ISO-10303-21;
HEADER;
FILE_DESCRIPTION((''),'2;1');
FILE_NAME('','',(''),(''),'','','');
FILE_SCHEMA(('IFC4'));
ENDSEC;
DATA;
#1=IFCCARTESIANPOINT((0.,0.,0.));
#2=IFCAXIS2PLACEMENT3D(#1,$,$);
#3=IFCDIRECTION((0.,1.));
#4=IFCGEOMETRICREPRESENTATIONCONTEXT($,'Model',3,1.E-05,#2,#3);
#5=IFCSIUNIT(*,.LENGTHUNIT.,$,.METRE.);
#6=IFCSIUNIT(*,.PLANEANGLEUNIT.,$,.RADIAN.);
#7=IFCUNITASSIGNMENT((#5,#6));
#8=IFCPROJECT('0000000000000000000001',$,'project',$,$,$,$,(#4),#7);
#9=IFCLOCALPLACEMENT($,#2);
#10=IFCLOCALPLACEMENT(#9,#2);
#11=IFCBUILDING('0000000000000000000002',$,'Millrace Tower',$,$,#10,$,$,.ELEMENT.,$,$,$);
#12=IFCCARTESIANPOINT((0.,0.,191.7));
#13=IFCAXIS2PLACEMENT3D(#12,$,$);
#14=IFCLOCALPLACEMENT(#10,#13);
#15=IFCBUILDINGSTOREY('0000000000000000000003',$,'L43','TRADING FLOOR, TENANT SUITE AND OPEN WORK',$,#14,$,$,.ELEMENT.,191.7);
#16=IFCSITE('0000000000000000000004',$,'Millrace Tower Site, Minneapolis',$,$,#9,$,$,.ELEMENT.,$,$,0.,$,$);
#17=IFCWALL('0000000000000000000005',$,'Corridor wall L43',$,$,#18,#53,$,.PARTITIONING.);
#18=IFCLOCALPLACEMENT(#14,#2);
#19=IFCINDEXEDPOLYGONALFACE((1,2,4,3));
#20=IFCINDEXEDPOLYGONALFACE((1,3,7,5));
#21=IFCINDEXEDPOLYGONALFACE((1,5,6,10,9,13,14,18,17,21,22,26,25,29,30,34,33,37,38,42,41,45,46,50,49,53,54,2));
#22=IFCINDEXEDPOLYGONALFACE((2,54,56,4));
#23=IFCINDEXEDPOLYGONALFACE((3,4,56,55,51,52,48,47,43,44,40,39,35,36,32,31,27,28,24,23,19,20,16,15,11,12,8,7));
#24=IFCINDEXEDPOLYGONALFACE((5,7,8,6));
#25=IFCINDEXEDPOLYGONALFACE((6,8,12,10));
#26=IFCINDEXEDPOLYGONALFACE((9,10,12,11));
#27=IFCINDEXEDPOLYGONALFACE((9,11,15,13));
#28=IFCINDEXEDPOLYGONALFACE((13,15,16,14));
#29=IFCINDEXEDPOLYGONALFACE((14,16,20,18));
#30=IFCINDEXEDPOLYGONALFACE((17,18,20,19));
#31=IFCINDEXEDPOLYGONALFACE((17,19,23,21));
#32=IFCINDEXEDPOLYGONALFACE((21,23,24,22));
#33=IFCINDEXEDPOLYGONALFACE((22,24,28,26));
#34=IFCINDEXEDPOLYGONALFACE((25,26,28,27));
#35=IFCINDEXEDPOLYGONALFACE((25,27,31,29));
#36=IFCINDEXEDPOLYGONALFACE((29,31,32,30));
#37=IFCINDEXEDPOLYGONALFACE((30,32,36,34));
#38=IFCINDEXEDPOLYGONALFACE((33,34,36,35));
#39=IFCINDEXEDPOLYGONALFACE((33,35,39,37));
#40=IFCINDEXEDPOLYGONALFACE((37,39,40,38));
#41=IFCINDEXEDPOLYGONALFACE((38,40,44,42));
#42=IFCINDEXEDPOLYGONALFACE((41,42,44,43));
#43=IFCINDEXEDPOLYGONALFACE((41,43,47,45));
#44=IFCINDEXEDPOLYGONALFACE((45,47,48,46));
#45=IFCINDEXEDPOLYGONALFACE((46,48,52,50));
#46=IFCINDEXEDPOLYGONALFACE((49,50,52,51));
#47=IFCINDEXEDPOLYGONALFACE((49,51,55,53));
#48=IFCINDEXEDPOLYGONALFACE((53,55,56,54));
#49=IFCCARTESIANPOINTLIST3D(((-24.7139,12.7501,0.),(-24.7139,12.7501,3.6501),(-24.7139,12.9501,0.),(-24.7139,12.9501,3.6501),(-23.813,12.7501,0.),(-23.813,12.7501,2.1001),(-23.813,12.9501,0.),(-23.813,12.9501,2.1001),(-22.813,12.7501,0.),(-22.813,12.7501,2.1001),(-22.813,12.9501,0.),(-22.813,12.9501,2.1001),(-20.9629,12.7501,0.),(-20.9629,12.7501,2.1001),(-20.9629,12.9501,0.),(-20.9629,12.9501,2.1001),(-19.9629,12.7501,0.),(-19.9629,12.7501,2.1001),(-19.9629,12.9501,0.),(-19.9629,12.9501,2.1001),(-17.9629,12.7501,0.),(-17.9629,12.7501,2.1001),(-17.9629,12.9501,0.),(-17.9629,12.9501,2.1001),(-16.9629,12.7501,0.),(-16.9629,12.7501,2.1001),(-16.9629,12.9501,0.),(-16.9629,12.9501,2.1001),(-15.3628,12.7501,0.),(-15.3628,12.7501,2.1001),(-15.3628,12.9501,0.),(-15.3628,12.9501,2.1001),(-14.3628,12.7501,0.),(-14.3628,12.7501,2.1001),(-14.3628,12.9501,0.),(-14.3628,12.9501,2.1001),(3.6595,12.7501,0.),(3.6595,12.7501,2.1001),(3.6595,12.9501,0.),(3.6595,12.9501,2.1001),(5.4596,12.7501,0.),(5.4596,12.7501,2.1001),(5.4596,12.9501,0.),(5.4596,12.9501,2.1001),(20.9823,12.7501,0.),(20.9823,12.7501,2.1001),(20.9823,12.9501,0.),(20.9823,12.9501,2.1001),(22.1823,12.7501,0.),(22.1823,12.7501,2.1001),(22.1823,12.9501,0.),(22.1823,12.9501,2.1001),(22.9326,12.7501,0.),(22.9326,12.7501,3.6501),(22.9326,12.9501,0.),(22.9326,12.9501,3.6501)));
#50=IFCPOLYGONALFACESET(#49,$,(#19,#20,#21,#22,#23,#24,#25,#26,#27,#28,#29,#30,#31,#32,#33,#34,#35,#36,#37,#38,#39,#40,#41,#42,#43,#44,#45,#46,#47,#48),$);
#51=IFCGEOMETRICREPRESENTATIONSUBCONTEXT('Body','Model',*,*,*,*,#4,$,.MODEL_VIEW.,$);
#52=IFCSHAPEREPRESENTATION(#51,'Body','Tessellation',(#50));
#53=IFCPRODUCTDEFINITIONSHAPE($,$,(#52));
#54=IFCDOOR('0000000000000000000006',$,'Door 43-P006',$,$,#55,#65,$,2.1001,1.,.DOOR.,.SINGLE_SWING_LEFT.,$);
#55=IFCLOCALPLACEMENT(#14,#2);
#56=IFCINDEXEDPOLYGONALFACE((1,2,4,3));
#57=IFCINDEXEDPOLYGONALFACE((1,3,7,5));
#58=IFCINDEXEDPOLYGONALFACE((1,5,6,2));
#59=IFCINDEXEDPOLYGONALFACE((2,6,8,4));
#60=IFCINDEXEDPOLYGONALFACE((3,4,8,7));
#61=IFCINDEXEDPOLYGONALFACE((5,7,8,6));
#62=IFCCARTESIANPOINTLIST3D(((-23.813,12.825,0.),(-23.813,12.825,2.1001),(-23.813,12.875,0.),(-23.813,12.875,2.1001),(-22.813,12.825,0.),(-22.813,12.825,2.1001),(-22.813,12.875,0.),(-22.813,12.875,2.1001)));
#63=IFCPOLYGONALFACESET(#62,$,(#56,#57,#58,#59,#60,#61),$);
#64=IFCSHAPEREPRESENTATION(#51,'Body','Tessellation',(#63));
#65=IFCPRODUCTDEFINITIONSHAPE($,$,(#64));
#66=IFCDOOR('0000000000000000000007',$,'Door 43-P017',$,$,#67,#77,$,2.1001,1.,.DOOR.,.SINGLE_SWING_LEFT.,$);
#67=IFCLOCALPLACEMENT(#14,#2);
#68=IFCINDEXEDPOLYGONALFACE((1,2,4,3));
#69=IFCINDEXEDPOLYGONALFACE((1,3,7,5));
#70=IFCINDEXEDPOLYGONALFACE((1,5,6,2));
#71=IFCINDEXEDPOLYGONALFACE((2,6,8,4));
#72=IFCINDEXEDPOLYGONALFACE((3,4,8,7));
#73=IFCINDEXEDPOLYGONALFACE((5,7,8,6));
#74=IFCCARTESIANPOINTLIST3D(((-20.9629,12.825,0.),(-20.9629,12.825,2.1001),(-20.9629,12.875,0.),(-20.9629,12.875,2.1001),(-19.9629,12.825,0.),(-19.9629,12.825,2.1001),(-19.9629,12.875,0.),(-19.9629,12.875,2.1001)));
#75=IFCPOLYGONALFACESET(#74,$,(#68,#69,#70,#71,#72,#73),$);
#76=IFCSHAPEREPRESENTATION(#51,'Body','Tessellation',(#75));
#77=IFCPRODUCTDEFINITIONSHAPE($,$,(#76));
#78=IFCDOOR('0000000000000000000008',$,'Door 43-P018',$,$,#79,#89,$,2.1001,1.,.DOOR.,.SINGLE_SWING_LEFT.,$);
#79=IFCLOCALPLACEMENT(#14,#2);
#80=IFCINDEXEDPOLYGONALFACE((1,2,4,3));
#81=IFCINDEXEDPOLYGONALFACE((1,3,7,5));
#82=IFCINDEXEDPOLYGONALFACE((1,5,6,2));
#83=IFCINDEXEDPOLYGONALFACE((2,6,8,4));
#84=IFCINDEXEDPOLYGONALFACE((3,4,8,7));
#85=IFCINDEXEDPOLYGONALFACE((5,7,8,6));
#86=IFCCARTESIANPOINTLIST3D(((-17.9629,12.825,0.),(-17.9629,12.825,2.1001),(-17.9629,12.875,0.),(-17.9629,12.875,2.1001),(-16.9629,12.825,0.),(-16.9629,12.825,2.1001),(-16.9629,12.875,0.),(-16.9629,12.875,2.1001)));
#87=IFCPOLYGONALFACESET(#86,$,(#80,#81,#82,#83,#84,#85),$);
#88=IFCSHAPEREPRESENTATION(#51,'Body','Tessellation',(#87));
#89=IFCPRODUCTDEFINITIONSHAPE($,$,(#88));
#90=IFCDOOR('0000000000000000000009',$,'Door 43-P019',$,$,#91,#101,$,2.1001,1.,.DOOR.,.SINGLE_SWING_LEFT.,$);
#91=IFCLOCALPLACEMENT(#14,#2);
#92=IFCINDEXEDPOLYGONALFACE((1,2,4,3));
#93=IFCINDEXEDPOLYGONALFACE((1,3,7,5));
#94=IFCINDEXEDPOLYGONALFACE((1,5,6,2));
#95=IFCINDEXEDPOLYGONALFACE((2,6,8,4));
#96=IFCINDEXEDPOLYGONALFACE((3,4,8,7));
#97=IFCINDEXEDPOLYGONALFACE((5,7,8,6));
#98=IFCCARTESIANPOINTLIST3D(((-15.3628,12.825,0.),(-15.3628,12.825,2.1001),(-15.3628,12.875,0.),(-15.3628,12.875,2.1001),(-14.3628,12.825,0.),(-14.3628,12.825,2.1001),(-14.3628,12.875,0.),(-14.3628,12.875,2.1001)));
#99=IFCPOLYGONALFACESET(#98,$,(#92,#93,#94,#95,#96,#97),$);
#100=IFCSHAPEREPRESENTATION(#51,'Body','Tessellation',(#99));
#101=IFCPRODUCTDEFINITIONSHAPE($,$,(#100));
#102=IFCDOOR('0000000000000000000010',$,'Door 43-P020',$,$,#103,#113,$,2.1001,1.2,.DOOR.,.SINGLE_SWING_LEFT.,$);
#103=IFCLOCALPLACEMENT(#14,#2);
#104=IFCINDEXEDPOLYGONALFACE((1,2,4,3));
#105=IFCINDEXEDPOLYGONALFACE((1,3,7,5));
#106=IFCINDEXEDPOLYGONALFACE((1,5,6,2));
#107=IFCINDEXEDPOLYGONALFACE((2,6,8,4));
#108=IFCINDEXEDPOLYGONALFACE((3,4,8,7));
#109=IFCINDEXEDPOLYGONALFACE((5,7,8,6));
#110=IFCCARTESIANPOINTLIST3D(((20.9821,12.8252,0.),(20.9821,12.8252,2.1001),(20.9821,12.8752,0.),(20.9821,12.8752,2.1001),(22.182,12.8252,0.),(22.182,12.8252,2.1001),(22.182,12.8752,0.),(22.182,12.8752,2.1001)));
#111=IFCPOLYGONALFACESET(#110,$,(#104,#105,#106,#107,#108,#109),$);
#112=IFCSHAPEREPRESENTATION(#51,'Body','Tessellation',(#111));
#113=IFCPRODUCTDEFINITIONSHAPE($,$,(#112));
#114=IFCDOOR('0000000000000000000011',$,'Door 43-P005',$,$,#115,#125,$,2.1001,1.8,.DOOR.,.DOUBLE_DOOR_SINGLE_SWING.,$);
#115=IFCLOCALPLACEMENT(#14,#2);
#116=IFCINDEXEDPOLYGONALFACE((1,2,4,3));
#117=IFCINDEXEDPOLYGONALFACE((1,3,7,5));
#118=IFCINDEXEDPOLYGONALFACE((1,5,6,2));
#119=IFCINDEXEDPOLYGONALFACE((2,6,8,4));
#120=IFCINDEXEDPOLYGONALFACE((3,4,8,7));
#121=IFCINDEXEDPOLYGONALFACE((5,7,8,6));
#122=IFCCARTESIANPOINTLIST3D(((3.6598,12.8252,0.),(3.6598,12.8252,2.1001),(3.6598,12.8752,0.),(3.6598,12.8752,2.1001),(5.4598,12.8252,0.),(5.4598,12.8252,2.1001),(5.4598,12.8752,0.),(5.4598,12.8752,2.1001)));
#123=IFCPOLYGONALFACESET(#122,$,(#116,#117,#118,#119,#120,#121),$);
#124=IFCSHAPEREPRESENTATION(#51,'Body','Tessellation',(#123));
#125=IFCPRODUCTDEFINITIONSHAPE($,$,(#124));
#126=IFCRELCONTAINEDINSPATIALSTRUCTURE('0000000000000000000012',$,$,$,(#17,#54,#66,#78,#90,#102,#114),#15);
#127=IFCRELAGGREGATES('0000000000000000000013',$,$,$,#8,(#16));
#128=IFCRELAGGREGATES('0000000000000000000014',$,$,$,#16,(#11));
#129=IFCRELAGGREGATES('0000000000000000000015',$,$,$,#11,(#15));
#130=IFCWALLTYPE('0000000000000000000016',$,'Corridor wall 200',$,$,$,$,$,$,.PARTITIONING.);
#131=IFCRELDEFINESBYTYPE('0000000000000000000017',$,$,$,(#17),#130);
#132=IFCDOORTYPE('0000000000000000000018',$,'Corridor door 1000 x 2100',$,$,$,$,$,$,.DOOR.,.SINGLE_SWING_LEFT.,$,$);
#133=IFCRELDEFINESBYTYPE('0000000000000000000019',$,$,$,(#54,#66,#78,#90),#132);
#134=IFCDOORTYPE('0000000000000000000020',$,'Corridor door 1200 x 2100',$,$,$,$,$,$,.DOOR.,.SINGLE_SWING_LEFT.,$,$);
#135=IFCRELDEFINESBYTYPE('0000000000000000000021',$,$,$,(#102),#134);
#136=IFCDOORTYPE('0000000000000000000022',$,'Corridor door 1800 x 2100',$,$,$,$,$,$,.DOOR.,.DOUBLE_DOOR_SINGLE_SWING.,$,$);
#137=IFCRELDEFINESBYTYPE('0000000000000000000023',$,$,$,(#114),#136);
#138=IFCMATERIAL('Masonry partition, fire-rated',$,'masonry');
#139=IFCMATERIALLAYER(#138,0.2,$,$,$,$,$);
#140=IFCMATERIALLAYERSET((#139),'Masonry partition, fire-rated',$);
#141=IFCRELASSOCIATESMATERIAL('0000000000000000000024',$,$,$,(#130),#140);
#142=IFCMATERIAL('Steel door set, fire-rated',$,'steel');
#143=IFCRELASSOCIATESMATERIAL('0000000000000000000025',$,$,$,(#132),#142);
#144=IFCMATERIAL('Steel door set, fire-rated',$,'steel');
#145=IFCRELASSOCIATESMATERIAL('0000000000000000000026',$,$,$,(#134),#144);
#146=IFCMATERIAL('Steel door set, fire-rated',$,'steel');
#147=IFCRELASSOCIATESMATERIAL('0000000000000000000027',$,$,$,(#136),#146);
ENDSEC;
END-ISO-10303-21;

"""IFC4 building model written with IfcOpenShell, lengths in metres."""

from ifc_helpers import new_model, si_unit, direction, frame, frame_2d, origin, place, context, subcontext, project, spatial, rectangle, extrude, material, layer, layer_set, type_object, element, fill, save


model = new_model("IFC4")

# Units and contexts
model_context = context("Model", 3, precision=1e-05, world=origin(), true_north=direction((0.0, 1.0)))
body_context = subcontext(model_context, "Body", "Model", "MODEL_VIEW")
ifc_project = project(units=[si_unit("LENGTHUNIT", "METRE"), si_unit("PLANEANGLEUNIT", "RADIAN")], contexts=[model_context])

# Site, building, storey
site_placement = place(None, origin())
site = spatial("IfcSite", under=ifc_project, at=site_placement, Name="Millrace Tower Site, Minneapolis", CompositionType="ELEMENT", RefElevation=0.0)
building_placement = place(site_placement, origin())
building = spatial("IfcBuilding", under=site, at=building_placement, Name="Millrace Tower", CompositionType="ELEMENT")
storey_placement = place(building_placement, frame((0.0, 0.0, 191.7)))
storey = spatial("IfcBuildingStorey", under=building, at=storey_placement, Name="L43", Description="TRADING FLOOR, TENANT SUITE AND OPEN WORK", CompositionType="ELEMENT", Elevation=191.7)

# Shared definitions
ifc_material_1 = material(Name="Masonry partition, fire-rated", Category="masonry")
ifc_layer_1 = layer(ifc_material_1, 0.2)
ifc_layer_set_1 = layer_set([ifc_layer_1], Name="Masonry partition, fire-rated")
wall_type_1 = type_object("IfcWallType", Name="Corridor wall 200", PredefinedType="PARTITIONING", material=ifc_layer_set_1)

# Wall, openings, doors
wall_1_placement = place(storey_placement, frame((-24.7139, 12.8501, 0.0), z_axis=(0.0, 0.0, 1.0), x_axis=(1.0, 0.0, 0.0)))
wall_1 = element("IfcWall", 1, at=wall_1_placement, inside=storey, type_object=wall_type_1, Name="Corridor wall L43", PredefinedType="PARTITIONING", context=body_context, shape_type="SweptSolid", body=[
    extrude(rectangle(XDim=47.6465, YDim=0.2, at=frame_2d((23.8232, 0.0))), origin(), (0.0, 0.0, 1.0), 3.6501),
])
opening_1_placement = place(wall_1_placement, frame((28.3735, 0.0, 0.0)))
opening_1 = element("IfcOpeningElement", 2, at=opening_1_placement, cuts=wall_1, PredefinedType="OPENING", context=body_context, shape_type="SweptSolid", body=[
    extrude(rectangle(XDim=1.8, YDim=2.1001, at=frame_2d((0.8999, 1.05))), frame((0.0, 0.1099, 0.0), z_axis=(0.0, -1.0, 0.0), x_axis=(1.0, 0.0, 0.0)), (0.0, 0.0, 1.0), 0.22),
])
opening_2_placement = place(wall_1_placement, frame((0.9009, 0.0, 0.0)))
opening_2 = element("IfcOpeningElement", 3, at=opening_2_placement, cuts=wall_1, PredefinedType="OPENING", context=body_context, shape_type="SweptSolid", body=[
    extrude(rectangle(XDim=1.0, YDim=2.1001, at=frame_2d((0.5, 1.05))), frame((0.0, 0.1099, 0.0), z_axis=(0.0, -1.0, 0.0), x_axis=(1.0, 0.0, 0.0)), (0.0, 0.0, 1.0), 0.22),
])
opening_3_placement = place(wall_1_placement, frame((3.751, 0.0, 0.0)))
opening_3 = element("IfcOpeningElement", 4, at=opening_3_placement, cuts=wall_1, PredefinedType="OPENING", context=body_context, shape_type="SweptSolid", body=[
    extrude(rectangle(XDim=1.0, YDim=2.1001, at=frame_2d((0.5, 1.05))), frame((0.0, 0.1099, 0.0), z_axis=(0.0, -1.0, 0.0), x_axis=(1.0, 0.0, 0.0)), (0.0, 0.0, 1.0), 0.22),
])
opening_4_placement = place(wall_1_placement, frame((6.751, 0.0, 0.0)))
opening_4 = element("IfcOpeningElement", 5, at=opening_4_placement, cuts=wall_1, PredefinedType="OPENING", context=body_context, shape_type="SweptSolid", body=[
    extrude(rectangle(XDim=1.0, YDim=2.1001, at=frame_2d((0.5, 1.05))), frame((0.0, 0.1099, 0.0), z_axis=(0.0, -1.0, 0.0), x_axis=(1.0, 0.0, 0.0)), (0.0, 0.0, 1.0), 0.22),
])
opening_5_placement = place(wall_1_placement, frame((9.3511, 0.0, 0.0)))
opening_5 = element("IfcOpeningElement", 6, at=opening_5_placement, cuts=wall_1, PredefinedType="OPENING", context=body_context, shape_type="SweptSolid", body=[
    extrude(rectangle(XDim=1.0, YDim=2.1001, at=frame_2d((0.5, 1.05))), frame((0.0, 0.1099, 0.0), z_axis=(0.0, -1.0, 0.0), x_axis=(1.0, 0.0, 0.0)), (0.0, 0.0, 1.0), 0.22),
])
opening_6_placement = place(wall_1_placement, frame((45.696, 0.0, 0.0)))
opening_6 = element("IfcOpeningElement", 7, at=opening_6_placement, cuts=wall_1, PredefinedType="OPENING", context=body_context, shape_type="SweptSolid", body=[
    extrude(rectangle(XDim=1.2, YDim=2.1001, at=frame_2d((0.6001, 1.05))), frame((0.0, 0.1099, 0.0), z_axis=(0.0, -1.0, 0.0), x_axis=(1.0, 0.0, 0.0)), (0.0, 0.0, 1.0), 0.22),
])
ifc_material_2 = material(Name="Steel door set, fire-rated", Category="steel")
door_type_1 = type_object("IfcDoorType", Name="Corridor door 1000 x 2100", OperationType="SINGLE_SWING_LEFT", PredefinedType="DOOR", material=ifc_material_2)
door_1_placement = place(opening_2_placement, origin())
door_1 = element("IfcDoor", 8, at=door_1_placement, inside=storey, type_object=door_type_1, Name="Door 43-P006", OperationType="SINGLE_SWING_LEFT", OverallHeight=2.1001, OverallWidth=1.0, PredefinedType="DOOR", context=body_context, shape_type="SweptSolid", body=[
    extrude(rectangle(XDim=1.0, YDim=2.1001, at=frame_2d((0.5, 1.05))), frame((0.0, 0.0249, 0.0), z_axis=(0.0, -1.0, 0.0), x_axis=(1.0, 0.0, 0.0)), (0.0, 0.0, 1.0), 0.05),
])
fill(opening_2, door_1)
door_2_placement = place(opening_3_placement, origin())
door_2 = element("IfcDoor", 9, at=door_2_placement, inside=storey, type_object=door_type_1, Name="Door 43-P017", OperationType="SINGLE_SWING_LEFT", OverallHeight=2.1001, OverallWidth=1.0, PredefinedType="DOOR", context=body_context, shape_type="SweptSolid", body=[
    extrude(rectangle(XDim=1.0, YDim=2.1001, at=frame_2d((0.5, 1.05))), frame((0.0, 0.0249, 0.0), z_axis=(0.0, -1.0, 0.0), x_axis=(1.0, 0.0, 0.0)), (0.0, 0.0, 1.0), 0.05),
])
fill(opening_3, door_2)
door_3_placement = place(opening_4_placement, origin())
door_3 = element("IfcDoor", 10, at=door_3_placement, inside=storey, type_object=door_type_1, Name="Door 43-P018", OperationType="SINGLE_SWING_LEFT", OverallHeight=2.1001, OverallWidth=1.0, PredefinedType="DOOR", context=body_context, shape_type="SweptSolid", body=[
    extrude(rectangle(XDim=1.0, YDim=2.1001, at=frame_2d((0.5, 1.05))), frame((0.0, 0.0249, 0.0), z_axis=(0.0, -1.0, 0.0), x_axis=(1.0, 0.0, 0.0)), (0.0, 0.0, 1.0), 0.05),
])
fill(opening_4, door_3)
door_4_placement = place(opening_5_placement, origin())
door_4 = element("IfcDoor", 11, at=door_4_placement, inside=storey, type_object=door_type_1, Name="Door 43-P019", OperationType="SINGLE_SWING_LEFT", OverallHeight=2.1001, OverallWidth=1.0, PredefinedType="DOOR", context=body_context, shape_type="SweptSolid", body=[
    extrude(rectangle(XDim=1.0, YDim=2.1001, at=frame_2d((0.5, 1.05))), frame((0.0, 0.0249, 0.0), z_axis=(0.0, -1.0, 0.0), x_axis=(1.0, 0.0, 0.0)), (0.0, 0.0, 1.0), 0.05),
])
fill(opening_5, door_4)
ifc_material_3 = material(Name="Steel door set, fire-rated", Category="steel")
door_type_2 = type_object("IfcDoorType", Name="Corridor door 1200 x 2100", OperationType="SINGLE_SWING_LEFT", PredefinedType="DOOR", material=ifc_material_3)
door_5_placement = place(opening_6_placement, frame((1.2, 0.0, 0.0), z_axis=(0.0, 0.0, 1.0), x_axis=(-1.0, 0.0, 0.0)))
door_5 = element("IfcDoor", 12, at=door_5_placement, inside=storey, type_object=door_type_2, Name="Door 43-P020", OperationType="SINGLE_SWING_LEFT", OverallHeight=2.1001, OverallWidth=1.2, PredefinedType="DOOR", context=body_context, shape_type="SweptSolid", body=[
    extrude(rectangle(XDim=1.2, YDim=2.1001, at=frame_2d((0.6001, 1.05))), frame((0.0, 0.0249, 0.0), z_axis=(0.0, -1.0, 0.0), x_axis=(1.0, 0.0, 0.0)), (0.0, 0.0, 1.0), 0.05),
])
fill(opening_6, door_5)
ifc_material_4 = material(Name="Steel door set, fire-rated", Category="steel")
door_type_3 = type_object("IfcDoorType", Name="Corridor door 1800 x 2100", OperationType="DOUBLE_DOOR_SINGLE_SWING", PredefinedType="DOOR", material=ifc_material_4)
door_6_placement = place(opening_1_placement, frame((1.8, 0.0, 0.0), z_axis=(0.0, 0.0, 1.0), x_axis=(-1.0, 0.0, 0.0)))
door_6 = element("IfcDoor", 13, at=door_6_placement, inside=storey, type_object=door_type_3, Name="Door 43-P005", OperationType="DOUBLE_DOOR_SINGLE_SWING", OverallHeight=2.1001, OverallWidth=1.8, PredefinedType="DOOR", context=body_context, shape_type="SweptSolid", body=[
    extrude(rectangle(XDim=1.8, YDim=2.1001, at=frame_2d((0.8999, 1.05))), frame((0.0, 0.0249, 0.0), z_axis=(0.0, -1.0, 0.0), x_axis=(1.0, 0.0, 0.0)), (0.0, 0.0, 1.0), 0.05),
])
fill(opening_1, door_6)

save(model, "model.ifc")
